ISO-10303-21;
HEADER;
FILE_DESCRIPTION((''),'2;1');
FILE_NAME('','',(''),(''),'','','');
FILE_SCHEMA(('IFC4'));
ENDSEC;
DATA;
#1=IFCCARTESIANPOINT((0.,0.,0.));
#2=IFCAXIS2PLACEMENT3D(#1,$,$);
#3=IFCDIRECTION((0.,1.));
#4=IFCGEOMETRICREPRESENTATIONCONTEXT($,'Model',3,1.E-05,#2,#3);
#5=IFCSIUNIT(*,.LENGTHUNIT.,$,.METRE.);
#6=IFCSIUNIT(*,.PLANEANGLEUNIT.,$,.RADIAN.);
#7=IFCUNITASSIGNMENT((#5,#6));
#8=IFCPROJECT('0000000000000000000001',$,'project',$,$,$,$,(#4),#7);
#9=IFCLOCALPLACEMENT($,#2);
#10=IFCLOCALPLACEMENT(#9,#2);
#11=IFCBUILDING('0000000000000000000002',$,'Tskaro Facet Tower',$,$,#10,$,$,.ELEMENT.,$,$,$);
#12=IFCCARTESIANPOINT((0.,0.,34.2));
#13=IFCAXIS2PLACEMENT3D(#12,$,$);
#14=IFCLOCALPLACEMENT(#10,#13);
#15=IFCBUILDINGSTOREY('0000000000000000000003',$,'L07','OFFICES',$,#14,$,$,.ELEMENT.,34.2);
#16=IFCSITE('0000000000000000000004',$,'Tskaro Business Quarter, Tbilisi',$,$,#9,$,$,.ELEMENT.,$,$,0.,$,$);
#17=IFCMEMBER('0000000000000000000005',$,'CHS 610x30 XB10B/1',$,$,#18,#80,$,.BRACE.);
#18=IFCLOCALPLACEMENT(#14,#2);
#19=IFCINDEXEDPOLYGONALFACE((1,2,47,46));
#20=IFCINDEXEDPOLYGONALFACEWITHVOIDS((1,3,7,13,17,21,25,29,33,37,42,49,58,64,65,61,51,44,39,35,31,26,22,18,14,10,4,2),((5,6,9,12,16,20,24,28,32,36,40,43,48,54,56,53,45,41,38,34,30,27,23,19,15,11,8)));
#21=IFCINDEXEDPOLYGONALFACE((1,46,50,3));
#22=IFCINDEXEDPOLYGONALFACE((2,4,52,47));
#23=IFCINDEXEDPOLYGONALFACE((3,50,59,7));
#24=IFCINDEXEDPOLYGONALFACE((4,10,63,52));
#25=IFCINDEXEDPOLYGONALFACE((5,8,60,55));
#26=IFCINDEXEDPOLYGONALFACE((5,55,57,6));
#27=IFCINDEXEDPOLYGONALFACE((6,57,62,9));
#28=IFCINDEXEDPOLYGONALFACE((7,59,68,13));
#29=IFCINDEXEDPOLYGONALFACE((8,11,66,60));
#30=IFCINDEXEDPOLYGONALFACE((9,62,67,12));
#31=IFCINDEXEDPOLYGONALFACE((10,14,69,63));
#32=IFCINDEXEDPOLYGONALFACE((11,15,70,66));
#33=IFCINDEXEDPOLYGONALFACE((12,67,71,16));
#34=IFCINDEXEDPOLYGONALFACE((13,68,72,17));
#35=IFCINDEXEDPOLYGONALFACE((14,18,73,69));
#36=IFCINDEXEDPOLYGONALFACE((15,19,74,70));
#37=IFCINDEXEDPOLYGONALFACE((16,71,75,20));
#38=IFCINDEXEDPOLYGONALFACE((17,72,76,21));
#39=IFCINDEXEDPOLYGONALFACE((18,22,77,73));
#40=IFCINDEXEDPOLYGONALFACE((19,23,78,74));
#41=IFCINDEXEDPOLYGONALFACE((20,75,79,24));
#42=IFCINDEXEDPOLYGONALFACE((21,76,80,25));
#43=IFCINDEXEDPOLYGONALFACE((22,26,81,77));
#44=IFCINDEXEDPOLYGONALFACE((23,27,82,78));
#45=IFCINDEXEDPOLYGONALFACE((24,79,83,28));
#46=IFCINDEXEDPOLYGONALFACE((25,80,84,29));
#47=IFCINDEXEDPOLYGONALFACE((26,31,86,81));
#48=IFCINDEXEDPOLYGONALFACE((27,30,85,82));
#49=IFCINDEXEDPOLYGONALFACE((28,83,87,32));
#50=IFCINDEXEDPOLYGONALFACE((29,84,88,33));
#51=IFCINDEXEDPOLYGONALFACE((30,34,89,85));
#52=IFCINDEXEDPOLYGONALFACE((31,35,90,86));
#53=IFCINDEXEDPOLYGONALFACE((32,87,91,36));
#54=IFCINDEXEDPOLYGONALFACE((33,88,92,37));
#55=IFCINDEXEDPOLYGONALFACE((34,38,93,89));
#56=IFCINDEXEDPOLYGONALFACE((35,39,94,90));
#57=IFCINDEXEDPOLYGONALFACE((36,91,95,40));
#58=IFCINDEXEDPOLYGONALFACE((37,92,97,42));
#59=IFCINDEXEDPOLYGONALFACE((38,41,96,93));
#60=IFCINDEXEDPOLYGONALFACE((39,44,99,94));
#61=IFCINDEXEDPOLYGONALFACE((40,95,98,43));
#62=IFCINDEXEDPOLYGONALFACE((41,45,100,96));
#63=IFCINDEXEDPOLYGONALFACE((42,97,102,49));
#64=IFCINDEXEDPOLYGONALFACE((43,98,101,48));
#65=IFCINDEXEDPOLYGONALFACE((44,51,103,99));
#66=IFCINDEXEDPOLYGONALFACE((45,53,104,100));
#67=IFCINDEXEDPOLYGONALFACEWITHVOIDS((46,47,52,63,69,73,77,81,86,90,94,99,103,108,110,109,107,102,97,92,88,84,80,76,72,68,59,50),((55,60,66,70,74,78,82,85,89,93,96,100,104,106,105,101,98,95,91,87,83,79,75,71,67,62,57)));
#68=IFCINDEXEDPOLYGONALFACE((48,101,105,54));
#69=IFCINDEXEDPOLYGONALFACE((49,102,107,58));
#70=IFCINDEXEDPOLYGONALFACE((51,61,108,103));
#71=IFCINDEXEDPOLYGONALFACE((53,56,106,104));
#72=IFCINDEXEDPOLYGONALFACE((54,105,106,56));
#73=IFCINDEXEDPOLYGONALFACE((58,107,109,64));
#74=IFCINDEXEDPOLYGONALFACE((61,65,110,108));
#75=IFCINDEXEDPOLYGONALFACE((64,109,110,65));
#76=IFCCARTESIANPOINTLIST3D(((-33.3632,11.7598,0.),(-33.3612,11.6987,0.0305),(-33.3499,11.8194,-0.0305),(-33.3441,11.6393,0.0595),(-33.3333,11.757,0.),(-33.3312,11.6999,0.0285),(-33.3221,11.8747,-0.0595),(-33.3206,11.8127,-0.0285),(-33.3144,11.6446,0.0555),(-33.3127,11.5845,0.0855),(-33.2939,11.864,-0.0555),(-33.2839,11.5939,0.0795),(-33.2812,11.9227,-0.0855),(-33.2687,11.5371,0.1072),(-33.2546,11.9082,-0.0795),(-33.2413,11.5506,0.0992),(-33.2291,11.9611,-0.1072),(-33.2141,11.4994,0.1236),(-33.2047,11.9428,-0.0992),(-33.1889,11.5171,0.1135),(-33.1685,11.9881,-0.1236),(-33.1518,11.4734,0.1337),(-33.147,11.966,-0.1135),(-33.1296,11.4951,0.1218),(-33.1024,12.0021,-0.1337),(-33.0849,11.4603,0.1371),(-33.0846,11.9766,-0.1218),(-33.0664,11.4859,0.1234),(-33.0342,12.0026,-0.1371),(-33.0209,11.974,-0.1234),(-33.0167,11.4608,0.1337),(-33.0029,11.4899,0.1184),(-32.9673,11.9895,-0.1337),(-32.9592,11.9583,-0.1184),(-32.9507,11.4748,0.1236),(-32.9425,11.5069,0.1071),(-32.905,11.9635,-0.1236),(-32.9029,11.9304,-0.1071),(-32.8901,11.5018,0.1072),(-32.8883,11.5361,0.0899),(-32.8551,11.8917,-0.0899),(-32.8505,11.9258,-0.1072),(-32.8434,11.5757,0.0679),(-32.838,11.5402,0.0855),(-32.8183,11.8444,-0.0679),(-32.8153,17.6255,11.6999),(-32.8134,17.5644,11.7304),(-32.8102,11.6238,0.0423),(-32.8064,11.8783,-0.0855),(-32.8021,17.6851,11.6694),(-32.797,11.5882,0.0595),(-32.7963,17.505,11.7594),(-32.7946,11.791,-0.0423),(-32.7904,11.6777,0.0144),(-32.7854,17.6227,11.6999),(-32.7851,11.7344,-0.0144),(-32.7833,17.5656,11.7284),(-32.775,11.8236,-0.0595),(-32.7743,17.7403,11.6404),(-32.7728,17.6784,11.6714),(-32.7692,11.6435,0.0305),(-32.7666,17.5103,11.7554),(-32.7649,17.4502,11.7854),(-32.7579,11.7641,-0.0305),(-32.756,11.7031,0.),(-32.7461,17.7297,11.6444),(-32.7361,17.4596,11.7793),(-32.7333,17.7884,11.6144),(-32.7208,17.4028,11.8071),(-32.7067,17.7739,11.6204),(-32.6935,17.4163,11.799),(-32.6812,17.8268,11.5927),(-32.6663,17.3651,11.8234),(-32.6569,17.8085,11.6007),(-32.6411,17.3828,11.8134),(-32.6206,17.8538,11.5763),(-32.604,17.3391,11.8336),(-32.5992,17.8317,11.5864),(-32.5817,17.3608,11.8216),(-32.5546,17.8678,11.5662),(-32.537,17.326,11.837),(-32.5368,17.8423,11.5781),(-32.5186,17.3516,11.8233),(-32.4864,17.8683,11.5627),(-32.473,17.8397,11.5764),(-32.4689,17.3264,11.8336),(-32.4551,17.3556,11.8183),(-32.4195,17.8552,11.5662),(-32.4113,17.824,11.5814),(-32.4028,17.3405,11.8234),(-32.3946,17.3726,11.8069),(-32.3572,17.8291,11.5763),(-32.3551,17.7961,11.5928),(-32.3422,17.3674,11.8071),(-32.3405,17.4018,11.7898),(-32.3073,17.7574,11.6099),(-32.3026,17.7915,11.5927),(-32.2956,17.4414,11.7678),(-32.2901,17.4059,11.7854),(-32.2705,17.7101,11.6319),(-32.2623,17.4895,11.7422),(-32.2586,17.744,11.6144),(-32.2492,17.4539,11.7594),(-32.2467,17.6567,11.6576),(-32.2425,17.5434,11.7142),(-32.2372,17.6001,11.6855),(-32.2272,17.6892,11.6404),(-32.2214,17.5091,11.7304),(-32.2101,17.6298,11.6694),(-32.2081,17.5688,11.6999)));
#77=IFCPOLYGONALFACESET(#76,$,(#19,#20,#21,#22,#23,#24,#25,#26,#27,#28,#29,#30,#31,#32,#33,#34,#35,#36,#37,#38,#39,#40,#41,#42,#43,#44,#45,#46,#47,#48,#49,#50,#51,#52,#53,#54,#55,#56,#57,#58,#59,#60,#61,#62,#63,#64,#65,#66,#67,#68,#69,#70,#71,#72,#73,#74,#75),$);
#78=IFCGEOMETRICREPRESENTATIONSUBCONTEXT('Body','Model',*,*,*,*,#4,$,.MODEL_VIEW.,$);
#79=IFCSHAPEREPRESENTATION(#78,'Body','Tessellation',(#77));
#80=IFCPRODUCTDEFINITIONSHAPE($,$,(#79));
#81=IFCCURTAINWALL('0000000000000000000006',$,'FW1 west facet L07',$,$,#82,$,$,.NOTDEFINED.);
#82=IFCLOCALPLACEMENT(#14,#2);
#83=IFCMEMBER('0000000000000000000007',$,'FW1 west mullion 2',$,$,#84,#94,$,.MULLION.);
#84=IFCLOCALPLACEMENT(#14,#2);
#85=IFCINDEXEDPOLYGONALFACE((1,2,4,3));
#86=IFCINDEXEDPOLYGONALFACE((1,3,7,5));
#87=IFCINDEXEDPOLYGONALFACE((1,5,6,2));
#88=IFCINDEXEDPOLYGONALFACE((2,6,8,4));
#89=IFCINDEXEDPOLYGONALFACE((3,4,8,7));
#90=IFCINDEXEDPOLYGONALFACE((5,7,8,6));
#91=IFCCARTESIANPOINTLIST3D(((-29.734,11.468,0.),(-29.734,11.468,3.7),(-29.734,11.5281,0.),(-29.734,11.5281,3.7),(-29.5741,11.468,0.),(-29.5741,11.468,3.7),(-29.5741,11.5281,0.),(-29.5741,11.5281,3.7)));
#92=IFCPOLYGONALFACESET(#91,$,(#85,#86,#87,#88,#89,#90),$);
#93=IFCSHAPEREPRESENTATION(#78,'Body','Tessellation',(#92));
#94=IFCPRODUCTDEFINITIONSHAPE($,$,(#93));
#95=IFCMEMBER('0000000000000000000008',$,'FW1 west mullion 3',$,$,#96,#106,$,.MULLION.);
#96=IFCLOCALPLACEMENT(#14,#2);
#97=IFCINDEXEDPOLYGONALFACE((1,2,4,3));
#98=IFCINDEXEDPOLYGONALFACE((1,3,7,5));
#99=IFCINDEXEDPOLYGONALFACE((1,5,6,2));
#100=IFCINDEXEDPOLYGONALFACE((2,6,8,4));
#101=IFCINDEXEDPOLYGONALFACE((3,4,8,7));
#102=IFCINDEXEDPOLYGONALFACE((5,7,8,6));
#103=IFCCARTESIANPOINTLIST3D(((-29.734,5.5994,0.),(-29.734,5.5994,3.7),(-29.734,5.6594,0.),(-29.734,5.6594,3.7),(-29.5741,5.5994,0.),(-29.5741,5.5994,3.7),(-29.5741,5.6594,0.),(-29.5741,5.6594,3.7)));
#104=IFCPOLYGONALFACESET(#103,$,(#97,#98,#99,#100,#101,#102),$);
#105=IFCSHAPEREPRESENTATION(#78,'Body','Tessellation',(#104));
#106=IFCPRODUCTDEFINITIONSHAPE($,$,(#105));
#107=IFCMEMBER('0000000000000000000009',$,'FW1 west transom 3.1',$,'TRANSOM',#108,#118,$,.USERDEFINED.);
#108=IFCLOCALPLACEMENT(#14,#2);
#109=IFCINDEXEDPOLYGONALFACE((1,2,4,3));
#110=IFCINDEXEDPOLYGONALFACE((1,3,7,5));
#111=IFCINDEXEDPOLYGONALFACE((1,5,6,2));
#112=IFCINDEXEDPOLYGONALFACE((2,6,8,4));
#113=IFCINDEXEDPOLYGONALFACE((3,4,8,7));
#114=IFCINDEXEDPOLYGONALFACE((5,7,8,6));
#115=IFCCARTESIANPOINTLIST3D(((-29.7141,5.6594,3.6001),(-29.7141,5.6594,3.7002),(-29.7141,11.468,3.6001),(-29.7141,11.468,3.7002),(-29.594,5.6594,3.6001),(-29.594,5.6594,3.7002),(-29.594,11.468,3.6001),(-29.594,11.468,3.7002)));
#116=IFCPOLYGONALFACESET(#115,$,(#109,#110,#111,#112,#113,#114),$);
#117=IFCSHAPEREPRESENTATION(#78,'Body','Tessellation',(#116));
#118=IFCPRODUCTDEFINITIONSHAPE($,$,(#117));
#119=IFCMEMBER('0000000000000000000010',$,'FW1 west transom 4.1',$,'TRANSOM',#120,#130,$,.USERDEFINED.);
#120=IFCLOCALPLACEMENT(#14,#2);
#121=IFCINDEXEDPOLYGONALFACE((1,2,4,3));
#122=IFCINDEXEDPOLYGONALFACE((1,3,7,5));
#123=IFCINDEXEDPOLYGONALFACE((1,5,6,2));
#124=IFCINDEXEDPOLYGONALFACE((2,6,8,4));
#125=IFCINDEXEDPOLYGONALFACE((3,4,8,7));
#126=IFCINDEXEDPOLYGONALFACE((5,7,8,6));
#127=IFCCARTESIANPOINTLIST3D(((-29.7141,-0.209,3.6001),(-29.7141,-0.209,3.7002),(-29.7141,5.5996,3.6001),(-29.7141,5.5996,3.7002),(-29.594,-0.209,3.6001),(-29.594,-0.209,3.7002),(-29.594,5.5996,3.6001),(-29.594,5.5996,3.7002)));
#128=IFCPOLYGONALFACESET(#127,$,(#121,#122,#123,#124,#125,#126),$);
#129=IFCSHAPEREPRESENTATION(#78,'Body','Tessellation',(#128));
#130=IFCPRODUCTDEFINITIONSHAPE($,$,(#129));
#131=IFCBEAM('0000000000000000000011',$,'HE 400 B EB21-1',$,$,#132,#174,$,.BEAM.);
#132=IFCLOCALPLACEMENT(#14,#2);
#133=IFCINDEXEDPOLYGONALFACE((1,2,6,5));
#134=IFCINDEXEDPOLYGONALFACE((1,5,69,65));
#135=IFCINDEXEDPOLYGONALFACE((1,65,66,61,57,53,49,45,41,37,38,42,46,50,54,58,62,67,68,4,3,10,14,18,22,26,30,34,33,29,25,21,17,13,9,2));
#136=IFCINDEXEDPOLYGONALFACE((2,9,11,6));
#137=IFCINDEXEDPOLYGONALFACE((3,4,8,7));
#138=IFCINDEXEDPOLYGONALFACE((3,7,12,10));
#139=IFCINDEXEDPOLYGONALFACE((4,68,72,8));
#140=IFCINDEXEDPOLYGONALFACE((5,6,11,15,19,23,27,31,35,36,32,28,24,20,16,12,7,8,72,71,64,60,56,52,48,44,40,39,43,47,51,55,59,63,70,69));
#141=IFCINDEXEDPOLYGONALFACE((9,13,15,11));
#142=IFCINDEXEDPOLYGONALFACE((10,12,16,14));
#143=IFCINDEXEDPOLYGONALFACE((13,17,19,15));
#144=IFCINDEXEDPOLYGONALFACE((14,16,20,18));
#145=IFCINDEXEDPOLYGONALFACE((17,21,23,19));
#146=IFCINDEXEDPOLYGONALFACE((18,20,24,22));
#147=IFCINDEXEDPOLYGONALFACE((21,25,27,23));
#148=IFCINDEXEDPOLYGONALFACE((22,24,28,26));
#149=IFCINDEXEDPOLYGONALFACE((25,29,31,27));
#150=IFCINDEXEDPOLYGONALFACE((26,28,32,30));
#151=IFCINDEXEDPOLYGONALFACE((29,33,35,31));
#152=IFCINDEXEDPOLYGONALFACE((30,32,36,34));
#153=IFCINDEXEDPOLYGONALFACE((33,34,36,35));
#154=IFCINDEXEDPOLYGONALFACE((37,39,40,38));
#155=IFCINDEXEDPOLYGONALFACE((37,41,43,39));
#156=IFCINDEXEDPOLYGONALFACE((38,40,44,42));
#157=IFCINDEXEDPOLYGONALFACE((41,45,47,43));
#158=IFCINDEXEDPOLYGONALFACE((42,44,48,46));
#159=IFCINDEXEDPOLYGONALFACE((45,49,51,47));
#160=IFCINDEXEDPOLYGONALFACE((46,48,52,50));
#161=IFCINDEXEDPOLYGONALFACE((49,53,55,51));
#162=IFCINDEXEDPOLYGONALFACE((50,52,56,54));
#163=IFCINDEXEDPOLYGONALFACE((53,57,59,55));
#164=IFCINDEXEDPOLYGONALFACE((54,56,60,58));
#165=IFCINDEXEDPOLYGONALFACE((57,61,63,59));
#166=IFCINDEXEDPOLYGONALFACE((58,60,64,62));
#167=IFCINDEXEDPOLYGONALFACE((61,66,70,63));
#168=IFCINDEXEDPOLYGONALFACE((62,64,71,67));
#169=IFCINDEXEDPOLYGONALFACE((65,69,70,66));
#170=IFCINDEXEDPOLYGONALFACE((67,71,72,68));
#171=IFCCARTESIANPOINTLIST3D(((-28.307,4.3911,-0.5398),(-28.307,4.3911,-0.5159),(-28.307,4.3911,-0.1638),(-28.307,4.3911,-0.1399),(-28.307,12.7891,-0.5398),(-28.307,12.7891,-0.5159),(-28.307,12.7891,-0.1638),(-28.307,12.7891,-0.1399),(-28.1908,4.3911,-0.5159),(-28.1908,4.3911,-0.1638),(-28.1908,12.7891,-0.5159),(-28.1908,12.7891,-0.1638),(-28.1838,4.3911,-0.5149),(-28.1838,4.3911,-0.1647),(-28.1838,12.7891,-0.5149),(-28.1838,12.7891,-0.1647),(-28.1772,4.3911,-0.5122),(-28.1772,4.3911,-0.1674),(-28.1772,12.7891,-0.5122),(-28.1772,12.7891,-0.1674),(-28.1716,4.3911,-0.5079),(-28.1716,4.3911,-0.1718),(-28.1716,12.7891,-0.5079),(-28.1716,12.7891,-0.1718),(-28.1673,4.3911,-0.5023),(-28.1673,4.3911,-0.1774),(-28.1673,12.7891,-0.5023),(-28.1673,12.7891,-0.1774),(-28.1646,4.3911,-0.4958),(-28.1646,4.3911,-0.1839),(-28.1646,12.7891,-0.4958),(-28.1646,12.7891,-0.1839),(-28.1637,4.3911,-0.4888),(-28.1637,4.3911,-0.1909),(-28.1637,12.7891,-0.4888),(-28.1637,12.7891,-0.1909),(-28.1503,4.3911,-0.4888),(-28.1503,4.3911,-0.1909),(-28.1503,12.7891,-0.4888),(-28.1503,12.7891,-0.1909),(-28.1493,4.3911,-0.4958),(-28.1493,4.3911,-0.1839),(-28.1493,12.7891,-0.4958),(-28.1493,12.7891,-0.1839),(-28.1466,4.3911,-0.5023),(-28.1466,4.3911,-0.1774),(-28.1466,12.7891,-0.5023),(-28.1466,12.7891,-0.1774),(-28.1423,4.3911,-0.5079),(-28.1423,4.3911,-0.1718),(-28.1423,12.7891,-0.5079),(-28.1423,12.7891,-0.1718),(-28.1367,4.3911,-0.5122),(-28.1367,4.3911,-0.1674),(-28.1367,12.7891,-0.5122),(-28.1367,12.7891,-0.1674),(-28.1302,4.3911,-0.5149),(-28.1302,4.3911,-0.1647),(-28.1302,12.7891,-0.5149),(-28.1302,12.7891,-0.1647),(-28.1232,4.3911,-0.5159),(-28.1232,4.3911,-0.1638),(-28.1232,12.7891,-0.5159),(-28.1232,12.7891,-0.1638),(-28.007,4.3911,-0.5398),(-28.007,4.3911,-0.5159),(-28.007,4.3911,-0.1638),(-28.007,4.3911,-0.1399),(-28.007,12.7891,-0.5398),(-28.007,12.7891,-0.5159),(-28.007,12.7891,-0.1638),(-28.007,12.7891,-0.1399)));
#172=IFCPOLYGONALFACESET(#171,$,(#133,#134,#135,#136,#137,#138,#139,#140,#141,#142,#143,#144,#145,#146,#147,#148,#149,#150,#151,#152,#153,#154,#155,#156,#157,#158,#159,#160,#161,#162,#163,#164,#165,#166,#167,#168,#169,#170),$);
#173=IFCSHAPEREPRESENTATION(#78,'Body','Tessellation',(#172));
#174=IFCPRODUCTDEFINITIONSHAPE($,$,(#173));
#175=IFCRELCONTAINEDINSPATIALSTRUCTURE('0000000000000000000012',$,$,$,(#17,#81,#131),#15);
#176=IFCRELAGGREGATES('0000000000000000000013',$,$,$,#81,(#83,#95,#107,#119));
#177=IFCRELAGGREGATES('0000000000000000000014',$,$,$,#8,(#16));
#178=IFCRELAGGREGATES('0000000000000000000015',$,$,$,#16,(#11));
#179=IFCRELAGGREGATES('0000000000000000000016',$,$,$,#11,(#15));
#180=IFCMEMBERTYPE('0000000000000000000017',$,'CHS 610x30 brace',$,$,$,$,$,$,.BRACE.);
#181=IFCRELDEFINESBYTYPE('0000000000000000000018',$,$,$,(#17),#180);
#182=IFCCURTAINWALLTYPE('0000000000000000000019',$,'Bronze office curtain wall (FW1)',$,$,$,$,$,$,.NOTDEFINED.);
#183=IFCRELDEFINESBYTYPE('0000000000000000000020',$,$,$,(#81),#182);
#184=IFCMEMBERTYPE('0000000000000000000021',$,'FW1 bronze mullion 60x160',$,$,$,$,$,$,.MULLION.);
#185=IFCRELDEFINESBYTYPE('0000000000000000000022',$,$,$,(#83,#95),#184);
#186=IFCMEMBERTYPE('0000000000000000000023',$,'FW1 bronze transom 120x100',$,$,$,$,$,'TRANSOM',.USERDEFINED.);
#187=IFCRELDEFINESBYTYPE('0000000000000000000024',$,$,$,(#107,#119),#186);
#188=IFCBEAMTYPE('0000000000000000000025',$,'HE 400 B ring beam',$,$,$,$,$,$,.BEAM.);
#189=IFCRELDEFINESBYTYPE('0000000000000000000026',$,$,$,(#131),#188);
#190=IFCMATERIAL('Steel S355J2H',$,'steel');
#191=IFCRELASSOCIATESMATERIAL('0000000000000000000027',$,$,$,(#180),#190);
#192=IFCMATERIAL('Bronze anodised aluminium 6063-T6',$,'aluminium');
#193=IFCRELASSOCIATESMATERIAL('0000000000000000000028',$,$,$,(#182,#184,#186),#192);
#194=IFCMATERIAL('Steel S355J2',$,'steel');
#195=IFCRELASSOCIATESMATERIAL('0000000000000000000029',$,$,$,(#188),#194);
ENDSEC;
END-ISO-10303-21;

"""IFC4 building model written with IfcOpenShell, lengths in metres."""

from ifc_helpers import new_model, si_unit, direction, frame, origin, origin_2d, place, context, subcontext, project, spatial, rectangle, hollow_circle, i_section, extrude, material, material_profile, profile_set, type_object, element, aggregate, save


model = new_model("IFC4")

# Units and contexts
model_context = context("Model", 3, precision=1e-05, world=origin(), true_north=direction((0.0, 1.0)))
body_context = subcontext(model_context, "Body", "Model", "MODEL_VIEW")
ifc_project = project(units=[si_unit("LENGTHUNIT", "METRE"), si_unit("PLANEANGLEUNIT", "RADIAN")], contexts=[model_context])

# Site, building, storey
site_placement = place(None, origin())
site = spatial("IfcSite", under=ifc_project, at=site_placement, Name="Tskaro Business Quarter, Tbilisi", CompositionType="ELEMENT", RefElevation=0.0)
building_placement = place(site_placement, origin())
building = spatial("IfcBuilding", under=site, at=building_placement, Name="Tskaro Facet Tower", CompositionType="ELEMENT")
storey_placement = place(building_placement, frame((0.0, 0.0, 34.2)))
storey = spatial("IfcBuildingStorey", under=building, at=storey_placement, Name="L07", Description="OFFICES", CompositionType="ELEMENT", Elevation=34.2)

# Shared definitions
ifc_material_1 = material(Name="Steel S355J2H", Category="steel")

# Member
ifc_material_profile_1 = material_profile(ifc_material_1, hollow_circle(Radius=0.3049, WallThickness=0.03, at=origin_2d()), Name="CHS 610x30")
ifc_profile_set_1 = profile_set([ifc_material_profile_1], Name="Steel S355J2H")
member_type_1 = type_object("IfcMemberType", Name="CHS 610x30 brace", PredefinedType="BRACE", material=ifc_profile_set_1)
member_1_placement = place(storey_placement, frame((-33.0596, 11.7314, 0.0), z_axis=(0.041822, 0.447784, 0.893163), x_axis=(-0.995667, 0.092994, 0.0)))
element("IfcMember", 1, at=member_1_placement, inside=storey, type_object=member_type_1, Name="CHS 610x30 XB10B/1", PredefinedType="BRACE", context=body_context, shape_type="SweptSolid", body=[
    extrude(hollow_circle(Radius=0.3049, WallThickness=0.03, at=origin_2d()), origin(), (0.0, 0.0, 1.0), 13.0994),
])

# Curtain wall, members
ifc_material_2 = material(Name="Bronze anodised aluminium 6063-T6", Category="aluminium")
curtain_wall_type = type_object("IfcCurtainWallType", Name="Bronze office curtain wall (FW1)", PredefinedType="NOTDEFINED", material=ifc_material_2)
curtain_wall_placement = place(storey_placement, origin())
curtain_wall = element("IfcCurtainWall", 2, at=curtain_wall_placement, inside=storey, type_object=curtain_wall_type, Name="FW1 west facet L07", PredefinedType="NOTDEFINED")
ifc_material_profile_2 = material_profile(ifc_material_2, rectangle(XDim=0.0601, YDim=0.1599, at=origin_2d()), Name="Mullion 60x160")
ifc_profile_set_2 = profile_set([ifc_material_profile_2], Name="Bronze anodised aluminium 6063-T6")
member_type_2 = type_object("IfcMemberType", Name="FW1 bronze mullion 60x160", PredefinedType="MULLION", material=ifc_profile_set_2)
member_2_placement = place(storey_placement, frame((-29.6541, 11.498, 0.0), z_axis=(0.0, 0.0, 1.0), x_axis=(0.0, -1.0, 0.0)))
member_2 = element("IfcMember", 3, at=member_2_placement, type_object=member_type_2, Name="FW1 west mullion 2", PredefinedType="MULLION", context=body_context, shape_type="SweptSolid", body=[
    extrude(rectangle(XDim=0.0601, YDim=0.1599, at=origin_2d()), origin(), (0.0, 0.0, 1.0), 3.7),
])
member_3_placement = place(storey_placement, frame((-29.6541, 5.6294, 0.0), z_axis=(0.0, 0.0, 1.0), x_axis=(0.0, -1.0, 0.0)))
member_3 = element("IfcMember", 4, at=member_3_placement, type_object=member_type_2, Name="FW1 west mullion 3", PredefinedType="MULLION", context=body_context, shape_type="SweptSolid", body=[
    extrude(rectangle(XDim=0.0601, YDim=0.1599, at=origin_2d()), origin(), (0.0, 0.0, 1.0), 3.7),
])
ifc_material_profile_3 = material_profile(ifc_material_2, rectangle(XDim=0.1201, YDim=0.1001, at=origin_2d()), Name="Transom 120x100")
ifc_profile_set_3 = profile_set([ifc_material_profile_3], Name="Bronze anodised aluminium 6063-T6")
member_type_3 = type_object("IfcMemberType", Name="FW1 bronze transom 120x100", ElementType="TRANSOM", PredefinedType="USERDEFINED", material=ifc_profile_set_3)
member_4_placement = place(storey_placement, frame((-29.6541, 11.468, 3.6501), z_axis=(0.0, -1.0, 0.0), x_axis=(1.0, 0.0, 0.0)))
member_4 = element("IfcMember", 5, at=member_4_placement, type_object=member_type_3, Name="FW1 west transom 3.1", ObjectType="TRANSOM", PredefinedType="USERDEFINED", context=body_context, shape_type="SweptSolid", body=[
    extrude(rectangle(XDim=0.1201, YDim=0.1001, at=origin_2d()), origin(), (0.0, 0.0, 1.0), 5.8086),
])
member_5_placement = place(storey_placement, frame((-29.6541, 5.5996, 3.6501), z_axis=(0.0, -1.0, 0.0), x_axis=(1.0, 0.0, 0.0)))
member_5 = element("IfcMember", 6, at=member_5_placement, type_object=member_type_3, Name="FW1 west transom 4.1", ObjectType="TRANSOM", PredefinedType="USERDEFINED", context=body_context, shape_type="SweptSolid", body=[
    extrude(rectangle(XDim=0.1201, YDim=0.1001, at=origin_2d()), origin(), (0.0, 0.0, 1.0), 5.8086),
])

# Beam
ifc_material_3 = material(Name="Steel S355J2", Category="steel")
ifc_material_profile_4 = material_profile(ifc_material_3, i_section(OverallWidth=0.3, OverallDepth=0.3999, WebThickness=0.0134, FlangeThickness=0.0239, FilletRadius=0.0271, at=origin_2d()), Name="HE 400 B")
ifc_profile_set_4 = profile_set([ifc_material_profile_4], Name="Steel S355J2")
beam_type_1 = type_object("IfcBeamType", Name="HE 400 B ring beam", PredefinedType="BEAM", material=ifc_profile_set_4)
beam_1_placement = place(storey_placement, frame((-28.157, 12.7891, -0.3398), z_axis=(0.0, -1.0, 0.0), x_axis=(1.0, 0.0, 0.0)))
element("IfcBeam", 7, at=beam_1_placement, inside=storey, type_object=beam_type_1, Name="HE 400 B EB21-1", PredefinedType="BEAM", context=body_context, shape_type="SweptSolid", body=[
    extrude(i_section(OverallWidth=0.3, OverallDepth=0.3999, WebThickness=0.0134, FlangeThickness=0.0239, FilletRadius=0.0271, at=origin_2d()), origin(), (0.0, 0.0, 1.0), 8.3979),
])

aggregate(curtain_wall, [member_2, member_3, member_4, member_5])

save(model, "model.ifc")
